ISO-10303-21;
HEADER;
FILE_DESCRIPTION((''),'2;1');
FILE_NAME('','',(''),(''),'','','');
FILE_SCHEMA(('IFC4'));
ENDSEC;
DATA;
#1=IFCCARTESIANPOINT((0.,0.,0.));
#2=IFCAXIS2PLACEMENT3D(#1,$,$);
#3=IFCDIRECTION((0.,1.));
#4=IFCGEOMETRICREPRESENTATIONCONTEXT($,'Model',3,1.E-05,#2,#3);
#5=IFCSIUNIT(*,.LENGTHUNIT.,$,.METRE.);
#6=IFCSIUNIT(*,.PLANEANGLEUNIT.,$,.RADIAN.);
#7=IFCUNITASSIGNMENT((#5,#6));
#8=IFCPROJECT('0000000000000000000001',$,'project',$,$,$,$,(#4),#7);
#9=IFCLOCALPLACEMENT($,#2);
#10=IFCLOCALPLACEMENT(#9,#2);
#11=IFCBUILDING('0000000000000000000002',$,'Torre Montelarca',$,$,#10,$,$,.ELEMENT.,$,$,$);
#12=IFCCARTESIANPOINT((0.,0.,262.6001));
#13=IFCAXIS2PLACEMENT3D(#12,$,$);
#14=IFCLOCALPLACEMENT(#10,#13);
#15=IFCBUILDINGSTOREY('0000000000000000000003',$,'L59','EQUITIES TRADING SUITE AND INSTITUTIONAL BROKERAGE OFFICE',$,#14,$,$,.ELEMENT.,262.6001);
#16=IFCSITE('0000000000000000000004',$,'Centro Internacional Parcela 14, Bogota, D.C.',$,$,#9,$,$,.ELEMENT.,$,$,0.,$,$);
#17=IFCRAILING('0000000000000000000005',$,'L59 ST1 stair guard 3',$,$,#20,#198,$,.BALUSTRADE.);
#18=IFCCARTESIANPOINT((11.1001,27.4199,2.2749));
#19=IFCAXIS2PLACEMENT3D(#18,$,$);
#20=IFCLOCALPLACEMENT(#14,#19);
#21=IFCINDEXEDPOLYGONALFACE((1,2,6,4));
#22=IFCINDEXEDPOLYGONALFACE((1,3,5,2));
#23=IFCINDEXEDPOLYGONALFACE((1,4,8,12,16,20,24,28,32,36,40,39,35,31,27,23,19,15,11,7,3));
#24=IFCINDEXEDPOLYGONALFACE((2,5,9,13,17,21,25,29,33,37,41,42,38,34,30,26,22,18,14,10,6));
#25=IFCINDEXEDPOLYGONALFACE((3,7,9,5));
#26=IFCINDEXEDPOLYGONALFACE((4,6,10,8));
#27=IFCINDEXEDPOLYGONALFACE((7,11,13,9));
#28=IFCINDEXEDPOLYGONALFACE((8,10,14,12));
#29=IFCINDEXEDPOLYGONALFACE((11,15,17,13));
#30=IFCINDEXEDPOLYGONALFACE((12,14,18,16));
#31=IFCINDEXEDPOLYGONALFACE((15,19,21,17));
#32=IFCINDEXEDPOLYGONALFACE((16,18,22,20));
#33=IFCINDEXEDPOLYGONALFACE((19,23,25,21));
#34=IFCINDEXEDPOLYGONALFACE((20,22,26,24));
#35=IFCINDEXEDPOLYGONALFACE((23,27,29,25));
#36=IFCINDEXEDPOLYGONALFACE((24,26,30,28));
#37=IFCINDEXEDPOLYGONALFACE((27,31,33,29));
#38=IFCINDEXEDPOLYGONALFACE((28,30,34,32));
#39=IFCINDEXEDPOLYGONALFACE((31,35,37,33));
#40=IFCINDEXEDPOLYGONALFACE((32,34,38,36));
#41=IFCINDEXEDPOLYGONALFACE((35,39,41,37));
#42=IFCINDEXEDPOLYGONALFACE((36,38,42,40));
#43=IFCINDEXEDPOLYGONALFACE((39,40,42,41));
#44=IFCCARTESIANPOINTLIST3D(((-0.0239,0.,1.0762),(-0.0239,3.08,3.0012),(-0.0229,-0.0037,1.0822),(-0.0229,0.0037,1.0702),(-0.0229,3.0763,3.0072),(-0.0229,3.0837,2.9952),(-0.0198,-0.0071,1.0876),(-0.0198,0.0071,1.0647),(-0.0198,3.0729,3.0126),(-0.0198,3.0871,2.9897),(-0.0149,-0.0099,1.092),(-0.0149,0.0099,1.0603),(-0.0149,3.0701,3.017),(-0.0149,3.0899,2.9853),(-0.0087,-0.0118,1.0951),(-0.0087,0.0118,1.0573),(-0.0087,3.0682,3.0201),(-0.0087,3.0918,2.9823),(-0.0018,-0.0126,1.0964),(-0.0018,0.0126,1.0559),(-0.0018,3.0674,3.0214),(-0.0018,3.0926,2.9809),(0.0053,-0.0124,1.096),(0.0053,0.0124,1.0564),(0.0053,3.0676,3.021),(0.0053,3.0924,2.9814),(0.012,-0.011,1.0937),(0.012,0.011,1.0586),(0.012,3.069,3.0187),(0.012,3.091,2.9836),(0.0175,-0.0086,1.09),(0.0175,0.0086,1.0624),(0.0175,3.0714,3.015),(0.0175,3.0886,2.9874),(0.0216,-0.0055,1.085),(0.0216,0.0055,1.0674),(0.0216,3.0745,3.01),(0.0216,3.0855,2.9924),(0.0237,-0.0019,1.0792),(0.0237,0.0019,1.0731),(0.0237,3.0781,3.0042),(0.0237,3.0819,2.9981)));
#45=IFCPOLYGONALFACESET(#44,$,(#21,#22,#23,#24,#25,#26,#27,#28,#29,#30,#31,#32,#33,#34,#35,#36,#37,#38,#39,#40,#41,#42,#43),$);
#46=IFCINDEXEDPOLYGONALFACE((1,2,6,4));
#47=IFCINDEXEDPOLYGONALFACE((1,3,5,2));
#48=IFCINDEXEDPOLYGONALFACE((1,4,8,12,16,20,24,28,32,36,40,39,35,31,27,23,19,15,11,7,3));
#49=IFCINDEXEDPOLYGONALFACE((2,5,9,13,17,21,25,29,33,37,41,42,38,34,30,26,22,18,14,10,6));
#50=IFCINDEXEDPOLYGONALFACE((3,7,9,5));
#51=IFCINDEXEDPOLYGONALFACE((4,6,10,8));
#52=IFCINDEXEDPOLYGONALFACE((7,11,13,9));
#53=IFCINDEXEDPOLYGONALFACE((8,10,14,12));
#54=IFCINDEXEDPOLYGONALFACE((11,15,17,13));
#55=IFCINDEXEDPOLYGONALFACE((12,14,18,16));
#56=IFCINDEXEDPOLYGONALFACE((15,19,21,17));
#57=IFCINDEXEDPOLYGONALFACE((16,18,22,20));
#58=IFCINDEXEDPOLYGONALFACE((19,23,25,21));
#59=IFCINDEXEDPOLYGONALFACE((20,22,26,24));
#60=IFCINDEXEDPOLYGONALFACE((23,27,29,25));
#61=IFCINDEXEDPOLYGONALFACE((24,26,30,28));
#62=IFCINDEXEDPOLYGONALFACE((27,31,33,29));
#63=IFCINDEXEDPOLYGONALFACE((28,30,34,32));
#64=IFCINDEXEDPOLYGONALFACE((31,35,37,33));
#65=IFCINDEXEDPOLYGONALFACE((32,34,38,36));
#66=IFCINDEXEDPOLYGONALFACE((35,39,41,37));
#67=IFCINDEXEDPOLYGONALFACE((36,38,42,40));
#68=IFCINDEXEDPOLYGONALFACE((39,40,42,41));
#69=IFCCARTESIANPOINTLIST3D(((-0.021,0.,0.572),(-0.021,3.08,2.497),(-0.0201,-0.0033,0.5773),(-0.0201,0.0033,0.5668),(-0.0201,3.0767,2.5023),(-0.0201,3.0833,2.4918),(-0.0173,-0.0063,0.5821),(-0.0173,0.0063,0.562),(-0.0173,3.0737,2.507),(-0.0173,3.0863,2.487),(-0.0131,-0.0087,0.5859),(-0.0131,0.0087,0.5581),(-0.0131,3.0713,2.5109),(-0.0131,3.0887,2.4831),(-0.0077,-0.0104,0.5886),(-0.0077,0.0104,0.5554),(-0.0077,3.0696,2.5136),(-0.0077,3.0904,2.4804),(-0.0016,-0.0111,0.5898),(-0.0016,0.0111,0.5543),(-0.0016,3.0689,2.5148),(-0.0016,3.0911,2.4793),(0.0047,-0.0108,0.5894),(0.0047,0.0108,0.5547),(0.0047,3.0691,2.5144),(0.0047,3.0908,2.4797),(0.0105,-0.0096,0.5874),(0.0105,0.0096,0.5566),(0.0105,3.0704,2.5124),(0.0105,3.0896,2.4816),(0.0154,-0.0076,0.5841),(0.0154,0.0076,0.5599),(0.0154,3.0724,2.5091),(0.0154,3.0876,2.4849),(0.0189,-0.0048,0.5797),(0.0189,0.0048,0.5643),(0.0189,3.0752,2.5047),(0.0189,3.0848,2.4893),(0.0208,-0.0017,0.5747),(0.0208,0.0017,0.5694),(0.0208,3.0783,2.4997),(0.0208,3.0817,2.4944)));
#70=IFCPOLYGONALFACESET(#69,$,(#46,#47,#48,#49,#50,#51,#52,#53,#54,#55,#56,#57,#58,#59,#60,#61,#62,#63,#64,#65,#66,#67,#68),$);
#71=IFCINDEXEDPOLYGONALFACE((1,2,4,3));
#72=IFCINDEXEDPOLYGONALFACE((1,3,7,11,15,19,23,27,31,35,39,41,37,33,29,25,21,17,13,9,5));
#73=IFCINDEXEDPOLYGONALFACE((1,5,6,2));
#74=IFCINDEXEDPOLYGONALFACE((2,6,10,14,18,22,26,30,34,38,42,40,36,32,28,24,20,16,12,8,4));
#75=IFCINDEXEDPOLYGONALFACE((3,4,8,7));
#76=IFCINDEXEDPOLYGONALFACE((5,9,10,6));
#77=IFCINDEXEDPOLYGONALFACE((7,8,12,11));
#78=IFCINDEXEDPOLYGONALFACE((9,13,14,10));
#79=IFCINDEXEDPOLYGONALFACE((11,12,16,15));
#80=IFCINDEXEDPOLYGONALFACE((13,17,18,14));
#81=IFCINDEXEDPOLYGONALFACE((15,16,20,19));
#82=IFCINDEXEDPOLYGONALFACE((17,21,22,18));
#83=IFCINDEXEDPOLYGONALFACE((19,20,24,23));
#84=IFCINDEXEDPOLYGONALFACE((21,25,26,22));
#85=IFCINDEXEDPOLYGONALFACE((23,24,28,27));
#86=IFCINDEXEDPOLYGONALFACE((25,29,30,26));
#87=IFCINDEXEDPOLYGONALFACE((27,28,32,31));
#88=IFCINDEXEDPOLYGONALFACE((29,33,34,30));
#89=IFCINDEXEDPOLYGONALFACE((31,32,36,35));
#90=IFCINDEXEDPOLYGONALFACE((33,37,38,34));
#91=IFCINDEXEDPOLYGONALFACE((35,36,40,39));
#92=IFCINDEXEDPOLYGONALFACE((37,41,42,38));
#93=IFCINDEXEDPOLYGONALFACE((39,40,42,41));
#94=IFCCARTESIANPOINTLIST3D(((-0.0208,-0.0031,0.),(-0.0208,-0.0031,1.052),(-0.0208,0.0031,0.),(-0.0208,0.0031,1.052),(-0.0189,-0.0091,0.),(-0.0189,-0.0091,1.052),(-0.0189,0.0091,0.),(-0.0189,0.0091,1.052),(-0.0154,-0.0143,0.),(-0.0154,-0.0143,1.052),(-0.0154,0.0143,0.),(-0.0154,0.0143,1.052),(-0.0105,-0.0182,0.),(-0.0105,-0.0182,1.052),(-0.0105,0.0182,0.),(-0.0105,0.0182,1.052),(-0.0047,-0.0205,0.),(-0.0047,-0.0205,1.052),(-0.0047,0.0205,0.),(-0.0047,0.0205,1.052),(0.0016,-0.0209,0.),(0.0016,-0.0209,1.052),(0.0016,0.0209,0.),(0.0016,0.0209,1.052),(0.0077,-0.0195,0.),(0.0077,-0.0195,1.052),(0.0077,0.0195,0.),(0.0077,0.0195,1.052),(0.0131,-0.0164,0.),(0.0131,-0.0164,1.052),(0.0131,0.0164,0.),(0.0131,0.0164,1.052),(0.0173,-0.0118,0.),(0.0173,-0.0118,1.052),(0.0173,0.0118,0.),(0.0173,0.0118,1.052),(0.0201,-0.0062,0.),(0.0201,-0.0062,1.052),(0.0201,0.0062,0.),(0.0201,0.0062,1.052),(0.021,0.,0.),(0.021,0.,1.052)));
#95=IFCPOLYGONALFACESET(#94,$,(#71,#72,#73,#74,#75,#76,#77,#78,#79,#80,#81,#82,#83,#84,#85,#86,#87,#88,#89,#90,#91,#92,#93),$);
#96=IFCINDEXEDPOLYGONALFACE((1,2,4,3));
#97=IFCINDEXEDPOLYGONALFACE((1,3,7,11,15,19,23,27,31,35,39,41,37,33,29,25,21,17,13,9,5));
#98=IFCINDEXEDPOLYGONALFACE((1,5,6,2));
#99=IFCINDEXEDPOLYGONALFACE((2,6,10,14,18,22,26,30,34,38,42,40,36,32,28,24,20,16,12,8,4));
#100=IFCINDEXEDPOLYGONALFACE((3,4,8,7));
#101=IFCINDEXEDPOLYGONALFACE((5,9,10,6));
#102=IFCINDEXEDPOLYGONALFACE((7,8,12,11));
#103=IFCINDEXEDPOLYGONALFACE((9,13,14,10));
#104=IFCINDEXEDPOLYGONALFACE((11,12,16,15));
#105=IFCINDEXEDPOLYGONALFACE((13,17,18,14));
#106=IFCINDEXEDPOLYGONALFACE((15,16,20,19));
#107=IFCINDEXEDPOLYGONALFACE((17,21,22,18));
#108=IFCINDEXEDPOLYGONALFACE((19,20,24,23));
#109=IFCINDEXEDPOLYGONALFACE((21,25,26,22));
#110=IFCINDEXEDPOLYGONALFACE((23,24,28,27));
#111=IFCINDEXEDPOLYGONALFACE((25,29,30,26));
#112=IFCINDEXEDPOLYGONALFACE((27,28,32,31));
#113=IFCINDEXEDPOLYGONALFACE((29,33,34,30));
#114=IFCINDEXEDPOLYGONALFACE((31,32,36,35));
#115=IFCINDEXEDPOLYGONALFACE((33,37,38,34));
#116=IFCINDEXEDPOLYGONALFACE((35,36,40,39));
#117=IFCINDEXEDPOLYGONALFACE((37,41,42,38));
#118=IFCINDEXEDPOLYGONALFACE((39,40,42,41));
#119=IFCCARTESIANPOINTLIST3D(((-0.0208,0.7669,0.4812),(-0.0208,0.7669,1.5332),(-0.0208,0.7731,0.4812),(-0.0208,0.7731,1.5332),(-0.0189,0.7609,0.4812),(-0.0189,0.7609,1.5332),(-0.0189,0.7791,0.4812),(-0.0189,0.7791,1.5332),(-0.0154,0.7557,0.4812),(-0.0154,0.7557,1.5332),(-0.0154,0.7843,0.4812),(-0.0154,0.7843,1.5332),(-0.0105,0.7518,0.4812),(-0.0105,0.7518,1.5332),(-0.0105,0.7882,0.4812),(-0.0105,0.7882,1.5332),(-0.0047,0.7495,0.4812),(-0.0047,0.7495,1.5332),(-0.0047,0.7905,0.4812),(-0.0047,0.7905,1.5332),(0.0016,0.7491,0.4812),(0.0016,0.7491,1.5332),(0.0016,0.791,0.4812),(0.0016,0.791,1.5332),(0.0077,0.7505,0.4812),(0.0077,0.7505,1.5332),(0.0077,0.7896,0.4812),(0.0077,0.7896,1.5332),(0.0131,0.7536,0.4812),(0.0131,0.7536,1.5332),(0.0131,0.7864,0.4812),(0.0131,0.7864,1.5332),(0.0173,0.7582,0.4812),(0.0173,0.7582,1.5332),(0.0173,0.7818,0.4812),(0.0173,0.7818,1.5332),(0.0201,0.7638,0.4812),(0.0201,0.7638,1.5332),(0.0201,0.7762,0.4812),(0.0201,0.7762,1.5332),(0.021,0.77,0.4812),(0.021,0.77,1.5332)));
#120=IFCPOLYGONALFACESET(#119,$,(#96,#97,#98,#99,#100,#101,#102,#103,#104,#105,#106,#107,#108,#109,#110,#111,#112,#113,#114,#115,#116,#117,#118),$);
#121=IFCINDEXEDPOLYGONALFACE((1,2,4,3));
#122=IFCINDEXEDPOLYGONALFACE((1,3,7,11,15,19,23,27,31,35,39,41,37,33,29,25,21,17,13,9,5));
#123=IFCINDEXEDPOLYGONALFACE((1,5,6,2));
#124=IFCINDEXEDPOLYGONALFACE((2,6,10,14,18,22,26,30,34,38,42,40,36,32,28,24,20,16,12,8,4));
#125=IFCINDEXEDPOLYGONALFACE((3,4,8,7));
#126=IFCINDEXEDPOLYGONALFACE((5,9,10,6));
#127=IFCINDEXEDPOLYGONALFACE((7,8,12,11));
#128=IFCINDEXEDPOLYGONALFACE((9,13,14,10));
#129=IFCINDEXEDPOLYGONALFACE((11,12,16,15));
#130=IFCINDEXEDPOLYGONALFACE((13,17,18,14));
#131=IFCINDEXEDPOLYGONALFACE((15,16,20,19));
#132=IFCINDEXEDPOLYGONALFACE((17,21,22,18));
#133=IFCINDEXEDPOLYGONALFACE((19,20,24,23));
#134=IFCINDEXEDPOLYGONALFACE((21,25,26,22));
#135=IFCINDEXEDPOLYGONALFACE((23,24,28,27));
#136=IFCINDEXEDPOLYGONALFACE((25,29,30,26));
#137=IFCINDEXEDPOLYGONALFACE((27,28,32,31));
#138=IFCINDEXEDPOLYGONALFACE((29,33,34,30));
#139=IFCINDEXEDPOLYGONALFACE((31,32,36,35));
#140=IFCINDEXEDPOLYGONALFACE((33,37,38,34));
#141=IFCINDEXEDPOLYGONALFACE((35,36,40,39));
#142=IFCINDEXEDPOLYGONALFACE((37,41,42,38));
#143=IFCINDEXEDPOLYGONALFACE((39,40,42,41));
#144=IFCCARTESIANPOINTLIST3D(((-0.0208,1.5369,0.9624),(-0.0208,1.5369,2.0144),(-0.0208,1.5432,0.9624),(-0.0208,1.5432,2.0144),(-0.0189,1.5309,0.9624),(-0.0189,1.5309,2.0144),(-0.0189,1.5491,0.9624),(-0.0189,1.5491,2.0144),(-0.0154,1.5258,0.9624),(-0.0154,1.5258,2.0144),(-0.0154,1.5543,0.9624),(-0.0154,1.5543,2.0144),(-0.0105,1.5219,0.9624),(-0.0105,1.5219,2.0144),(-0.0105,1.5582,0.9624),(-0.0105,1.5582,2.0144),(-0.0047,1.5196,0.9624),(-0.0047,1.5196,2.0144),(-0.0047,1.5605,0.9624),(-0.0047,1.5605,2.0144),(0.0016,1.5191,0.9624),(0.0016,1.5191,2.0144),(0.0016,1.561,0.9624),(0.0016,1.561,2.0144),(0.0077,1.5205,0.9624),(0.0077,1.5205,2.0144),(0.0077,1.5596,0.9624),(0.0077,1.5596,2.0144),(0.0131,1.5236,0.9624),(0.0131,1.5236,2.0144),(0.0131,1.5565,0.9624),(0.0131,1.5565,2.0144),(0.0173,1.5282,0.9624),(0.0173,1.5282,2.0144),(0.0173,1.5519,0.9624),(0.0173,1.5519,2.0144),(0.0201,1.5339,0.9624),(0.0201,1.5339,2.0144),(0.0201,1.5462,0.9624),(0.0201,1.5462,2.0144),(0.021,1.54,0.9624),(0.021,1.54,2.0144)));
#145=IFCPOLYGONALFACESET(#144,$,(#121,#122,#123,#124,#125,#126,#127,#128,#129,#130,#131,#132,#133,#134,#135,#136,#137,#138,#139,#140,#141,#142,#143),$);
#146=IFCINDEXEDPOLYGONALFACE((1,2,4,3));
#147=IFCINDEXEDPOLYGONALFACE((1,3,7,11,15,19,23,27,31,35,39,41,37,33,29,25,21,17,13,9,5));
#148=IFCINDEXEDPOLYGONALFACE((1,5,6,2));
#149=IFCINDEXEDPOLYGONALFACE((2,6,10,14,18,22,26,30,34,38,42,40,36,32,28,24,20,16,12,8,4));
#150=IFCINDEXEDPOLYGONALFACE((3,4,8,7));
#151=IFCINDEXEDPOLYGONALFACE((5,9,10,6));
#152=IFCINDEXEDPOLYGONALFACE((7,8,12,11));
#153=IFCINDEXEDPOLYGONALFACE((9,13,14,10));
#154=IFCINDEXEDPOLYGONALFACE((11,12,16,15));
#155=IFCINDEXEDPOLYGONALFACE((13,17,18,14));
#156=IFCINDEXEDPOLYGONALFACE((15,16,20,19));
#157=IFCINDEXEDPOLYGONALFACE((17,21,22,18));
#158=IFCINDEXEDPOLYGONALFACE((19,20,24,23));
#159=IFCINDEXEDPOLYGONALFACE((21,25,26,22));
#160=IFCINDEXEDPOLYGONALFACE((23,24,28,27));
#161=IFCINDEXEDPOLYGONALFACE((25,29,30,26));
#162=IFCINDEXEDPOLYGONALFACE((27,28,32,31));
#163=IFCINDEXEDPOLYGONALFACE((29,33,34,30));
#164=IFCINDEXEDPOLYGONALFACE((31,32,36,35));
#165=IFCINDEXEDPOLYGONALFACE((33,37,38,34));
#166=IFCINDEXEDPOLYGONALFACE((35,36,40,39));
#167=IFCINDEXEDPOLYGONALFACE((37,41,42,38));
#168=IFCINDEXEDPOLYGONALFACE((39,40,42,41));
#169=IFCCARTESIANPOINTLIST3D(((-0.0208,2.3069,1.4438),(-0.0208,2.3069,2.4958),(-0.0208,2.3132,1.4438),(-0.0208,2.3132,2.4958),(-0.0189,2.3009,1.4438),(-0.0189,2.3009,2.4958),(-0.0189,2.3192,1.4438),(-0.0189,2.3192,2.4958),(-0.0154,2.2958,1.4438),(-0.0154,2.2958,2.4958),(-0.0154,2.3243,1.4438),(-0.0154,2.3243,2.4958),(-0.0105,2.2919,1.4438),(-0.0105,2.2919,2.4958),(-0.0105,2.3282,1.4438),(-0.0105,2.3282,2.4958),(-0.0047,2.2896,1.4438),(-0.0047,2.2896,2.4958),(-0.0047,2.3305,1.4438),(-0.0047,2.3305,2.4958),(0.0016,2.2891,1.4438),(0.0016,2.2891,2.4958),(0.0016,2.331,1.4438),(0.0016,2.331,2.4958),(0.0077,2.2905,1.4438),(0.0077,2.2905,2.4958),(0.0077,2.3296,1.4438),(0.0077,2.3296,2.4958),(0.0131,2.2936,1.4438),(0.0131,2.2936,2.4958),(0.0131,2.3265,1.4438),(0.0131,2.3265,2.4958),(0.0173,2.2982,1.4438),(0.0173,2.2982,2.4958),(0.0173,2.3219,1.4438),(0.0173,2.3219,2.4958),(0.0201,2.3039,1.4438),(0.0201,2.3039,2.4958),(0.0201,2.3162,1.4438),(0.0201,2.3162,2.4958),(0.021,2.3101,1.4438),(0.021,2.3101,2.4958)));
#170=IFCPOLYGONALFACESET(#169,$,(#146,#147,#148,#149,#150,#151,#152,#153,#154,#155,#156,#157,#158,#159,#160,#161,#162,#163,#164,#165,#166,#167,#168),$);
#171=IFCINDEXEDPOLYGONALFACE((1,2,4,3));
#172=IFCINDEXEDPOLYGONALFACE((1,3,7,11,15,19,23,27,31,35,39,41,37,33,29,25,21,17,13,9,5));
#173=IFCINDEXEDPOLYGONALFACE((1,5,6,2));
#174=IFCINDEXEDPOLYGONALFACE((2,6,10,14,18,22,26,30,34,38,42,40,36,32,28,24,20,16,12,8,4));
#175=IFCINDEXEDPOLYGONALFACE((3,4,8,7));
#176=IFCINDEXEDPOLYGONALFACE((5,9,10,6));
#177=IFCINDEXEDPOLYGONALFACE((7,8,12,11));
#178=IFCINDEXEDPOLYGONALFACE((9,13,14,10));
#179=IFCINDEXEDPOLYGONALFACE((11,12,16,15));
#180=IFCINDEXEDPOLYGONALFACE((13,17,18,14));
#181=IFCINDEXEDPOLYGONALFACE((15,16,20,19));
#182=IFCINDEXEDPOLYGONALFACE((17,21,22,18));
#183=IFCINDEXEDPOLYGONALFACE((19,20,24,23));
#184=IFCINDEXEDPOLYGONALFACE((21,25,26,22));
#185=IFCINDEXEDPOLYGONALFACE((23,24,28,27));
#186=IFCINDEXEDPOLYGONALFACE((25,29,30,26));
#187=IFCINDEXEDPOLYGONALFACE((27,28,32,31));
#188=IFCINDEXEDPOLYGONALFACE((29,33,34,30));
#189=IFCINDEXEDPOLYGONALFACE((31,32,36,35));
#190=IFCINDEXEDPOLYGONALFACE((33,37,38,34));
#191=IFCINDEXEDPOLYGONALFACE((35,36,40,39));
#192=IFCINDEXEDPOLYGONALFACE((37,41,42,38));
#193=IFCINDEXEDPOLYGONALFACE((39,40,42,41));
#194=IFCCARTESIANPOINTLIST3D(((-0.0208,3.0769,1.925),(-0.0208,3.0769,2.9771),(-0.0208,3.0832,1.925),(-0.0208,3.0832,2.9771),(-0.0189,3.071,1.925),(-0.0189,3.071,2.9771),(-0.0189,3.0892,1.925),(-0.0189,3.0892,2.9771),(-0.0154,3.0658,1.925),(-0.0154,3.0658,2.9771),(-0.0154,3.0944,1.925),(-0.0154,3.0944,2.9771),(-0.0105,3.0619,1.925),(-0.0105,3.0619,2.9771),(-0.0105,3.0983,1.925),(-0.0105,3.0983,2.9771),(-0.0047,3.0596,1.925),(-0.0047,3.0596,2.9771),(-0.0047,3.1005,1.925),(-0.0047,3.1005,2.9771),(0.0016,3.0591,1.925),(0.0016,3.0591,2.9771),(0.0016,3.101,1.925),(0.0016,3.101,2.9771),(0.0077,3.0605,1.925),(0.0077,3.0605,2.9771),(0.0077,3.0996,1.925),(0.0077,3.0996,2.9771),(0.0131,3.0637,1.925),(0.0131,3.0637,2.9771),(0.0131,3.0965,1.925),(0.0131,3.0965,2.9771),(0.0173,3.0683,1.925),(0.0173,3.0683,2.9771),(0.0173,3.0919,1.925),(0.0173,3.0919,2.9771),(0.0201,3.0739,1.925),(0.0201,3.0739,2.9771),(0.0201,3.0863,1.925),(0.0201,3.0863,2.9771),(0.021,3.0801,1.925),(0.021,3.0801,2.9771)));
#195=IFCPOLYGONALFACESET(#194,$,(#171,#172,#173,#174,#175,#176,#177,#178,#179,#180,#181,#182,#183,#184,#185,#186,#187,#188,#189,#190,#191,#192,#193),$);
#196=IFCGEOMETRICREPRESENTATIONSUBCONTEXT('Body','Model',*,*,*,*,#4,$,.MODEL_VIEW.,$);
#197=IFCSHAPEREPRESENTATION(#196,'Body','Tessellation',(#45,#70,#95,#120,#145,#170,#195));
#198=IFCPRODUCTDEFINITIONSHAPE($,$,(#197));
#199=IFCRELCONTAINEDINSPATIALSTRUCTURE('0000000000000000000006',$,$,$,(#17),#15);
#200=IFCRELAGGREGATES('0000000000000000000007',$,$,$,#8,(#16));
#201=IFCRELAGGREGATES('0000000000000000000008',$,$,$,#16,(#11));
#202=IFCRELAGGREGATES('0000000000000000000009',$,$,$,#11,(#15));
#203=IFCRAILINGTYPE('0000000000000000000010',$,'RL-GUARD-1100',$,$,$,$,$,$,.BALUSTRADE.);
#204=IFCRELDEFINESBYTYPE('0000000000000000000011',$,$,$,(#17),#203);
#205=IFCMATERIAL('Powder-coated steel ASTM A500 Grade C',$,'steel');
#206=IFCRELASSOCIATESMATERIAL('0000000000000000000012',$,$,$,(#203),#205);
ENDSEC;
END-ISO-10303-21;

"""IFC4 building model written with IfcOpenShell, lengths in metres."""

from ifc_helpers import new_model, si_unit, direction, frame, origin, origin_2d, place, context, subcontext, project, spatial, circle, extrude, material, type_object, element, save


model = new_model("IFC4")

# Units and contexts
model_context = context("Model", 3, precision=1e-05, world=origin(), true_north=direction((0.0, 1.0)))
body_context = subcontext(model_context, "Body", "Model", "MODEL_VIEW")
ifc_project = project(units=[si_unit("LENGTHUNIT", "METRE"), si_unit("PLANEANGLEUNIT", "RADIAN")], contexts=[model_context])

# Site, building, storey
site_placement = place(None, origin())
site = spatial("IfcSite", under=ifc_project, at=site_placement, Name="Centro Internacional Parcela 14, Bogota, D.C.", CompositionType="ELEMENT", RefElevation=0.0)
building_placement = place(site_placement, origin())
building = spatial("IfcBuilding", under=site, at=building_placement, Name="Torre Montelarca", CompositionType="ELEMENT")
storey_placement = place(building_placement, frame((0.0, 0.0, 262.6001)))
storey = spatial("IfcBuildingStorey", under=building, at=storey_placement, Name="L59", Description="EQUITIES TRADING SUITE AND INSTITUTIONAL BROKERAGE OFFICE", CompositionType="ELEMENT", Elevation=262.6001)

# Railing
ifc_material_1 = material(Name="Powder-coated steel ASTM A500 Grade C", Category="steel")
railing_type_1 = type_object("IfcRailingType", Name="RL-GUARD-1100", PredefinedType="BALUSTRADE", material=ifc_material_1)
railing_1_placement = place(storey_placement, frame((11.1001, 27.4199, 2.2749)))
element("IfcRailing", 1, at=railing_1_placement, inside=storey, type_object=railing_type_1, Name="L59 ST1 stair guard 3", PredefinedType="BALUSTRADE", context=body_context, shape_type="SweptSolid", body=[
    extrude(circle(Radius=0.0239, at=origin_2d()), frame((0.0, 0.0, 1.0762), z_axis=(0.0, 0.847998, 0.529999), x_axis=(-1.0, 0.0, 0.0)), (0.0, 0.0, 1.0), 3.6321),
    extrude(circle(Radius=0.021, at=origin_2d()), frame((0.0, 0.0, 0.572), z_axis=(0.0, 0.847998, 0.529999), x_axis=(-1.0, 0.0, 0.0)), (0.0, 0.0, 1.0), 3.6321),
    extrude(circle(Radius=0.021, at=origin_2d()), origin(), (0.0, 0.0, 1.0), 1.052),
    extrude(circle(Radius=0.021, at=origin_2d()), frame((0.0, 0.77, 0.4812)), (0.0, 0.0, 1.0), 1.052),
    extrude(circle(Radius=0.021, at=origin_2d()), frame((0.0, 1.54, 0.9624)), (0.0, 0.0, 1.0), 1.052),
    extrude(circle(Radius=0.021, at=origin_2d()), frame((0.0, 2.3101, 1.4438)), (0.0, 0.0, 1.0), 1.052),
    extrude(circle(Radius=0.021, at=origin_2d()), frame((0.0, 3.0801, 1.925)), (0.0, 0.0, 1.0), 1.052),
])

save(model, "model.ifc")
